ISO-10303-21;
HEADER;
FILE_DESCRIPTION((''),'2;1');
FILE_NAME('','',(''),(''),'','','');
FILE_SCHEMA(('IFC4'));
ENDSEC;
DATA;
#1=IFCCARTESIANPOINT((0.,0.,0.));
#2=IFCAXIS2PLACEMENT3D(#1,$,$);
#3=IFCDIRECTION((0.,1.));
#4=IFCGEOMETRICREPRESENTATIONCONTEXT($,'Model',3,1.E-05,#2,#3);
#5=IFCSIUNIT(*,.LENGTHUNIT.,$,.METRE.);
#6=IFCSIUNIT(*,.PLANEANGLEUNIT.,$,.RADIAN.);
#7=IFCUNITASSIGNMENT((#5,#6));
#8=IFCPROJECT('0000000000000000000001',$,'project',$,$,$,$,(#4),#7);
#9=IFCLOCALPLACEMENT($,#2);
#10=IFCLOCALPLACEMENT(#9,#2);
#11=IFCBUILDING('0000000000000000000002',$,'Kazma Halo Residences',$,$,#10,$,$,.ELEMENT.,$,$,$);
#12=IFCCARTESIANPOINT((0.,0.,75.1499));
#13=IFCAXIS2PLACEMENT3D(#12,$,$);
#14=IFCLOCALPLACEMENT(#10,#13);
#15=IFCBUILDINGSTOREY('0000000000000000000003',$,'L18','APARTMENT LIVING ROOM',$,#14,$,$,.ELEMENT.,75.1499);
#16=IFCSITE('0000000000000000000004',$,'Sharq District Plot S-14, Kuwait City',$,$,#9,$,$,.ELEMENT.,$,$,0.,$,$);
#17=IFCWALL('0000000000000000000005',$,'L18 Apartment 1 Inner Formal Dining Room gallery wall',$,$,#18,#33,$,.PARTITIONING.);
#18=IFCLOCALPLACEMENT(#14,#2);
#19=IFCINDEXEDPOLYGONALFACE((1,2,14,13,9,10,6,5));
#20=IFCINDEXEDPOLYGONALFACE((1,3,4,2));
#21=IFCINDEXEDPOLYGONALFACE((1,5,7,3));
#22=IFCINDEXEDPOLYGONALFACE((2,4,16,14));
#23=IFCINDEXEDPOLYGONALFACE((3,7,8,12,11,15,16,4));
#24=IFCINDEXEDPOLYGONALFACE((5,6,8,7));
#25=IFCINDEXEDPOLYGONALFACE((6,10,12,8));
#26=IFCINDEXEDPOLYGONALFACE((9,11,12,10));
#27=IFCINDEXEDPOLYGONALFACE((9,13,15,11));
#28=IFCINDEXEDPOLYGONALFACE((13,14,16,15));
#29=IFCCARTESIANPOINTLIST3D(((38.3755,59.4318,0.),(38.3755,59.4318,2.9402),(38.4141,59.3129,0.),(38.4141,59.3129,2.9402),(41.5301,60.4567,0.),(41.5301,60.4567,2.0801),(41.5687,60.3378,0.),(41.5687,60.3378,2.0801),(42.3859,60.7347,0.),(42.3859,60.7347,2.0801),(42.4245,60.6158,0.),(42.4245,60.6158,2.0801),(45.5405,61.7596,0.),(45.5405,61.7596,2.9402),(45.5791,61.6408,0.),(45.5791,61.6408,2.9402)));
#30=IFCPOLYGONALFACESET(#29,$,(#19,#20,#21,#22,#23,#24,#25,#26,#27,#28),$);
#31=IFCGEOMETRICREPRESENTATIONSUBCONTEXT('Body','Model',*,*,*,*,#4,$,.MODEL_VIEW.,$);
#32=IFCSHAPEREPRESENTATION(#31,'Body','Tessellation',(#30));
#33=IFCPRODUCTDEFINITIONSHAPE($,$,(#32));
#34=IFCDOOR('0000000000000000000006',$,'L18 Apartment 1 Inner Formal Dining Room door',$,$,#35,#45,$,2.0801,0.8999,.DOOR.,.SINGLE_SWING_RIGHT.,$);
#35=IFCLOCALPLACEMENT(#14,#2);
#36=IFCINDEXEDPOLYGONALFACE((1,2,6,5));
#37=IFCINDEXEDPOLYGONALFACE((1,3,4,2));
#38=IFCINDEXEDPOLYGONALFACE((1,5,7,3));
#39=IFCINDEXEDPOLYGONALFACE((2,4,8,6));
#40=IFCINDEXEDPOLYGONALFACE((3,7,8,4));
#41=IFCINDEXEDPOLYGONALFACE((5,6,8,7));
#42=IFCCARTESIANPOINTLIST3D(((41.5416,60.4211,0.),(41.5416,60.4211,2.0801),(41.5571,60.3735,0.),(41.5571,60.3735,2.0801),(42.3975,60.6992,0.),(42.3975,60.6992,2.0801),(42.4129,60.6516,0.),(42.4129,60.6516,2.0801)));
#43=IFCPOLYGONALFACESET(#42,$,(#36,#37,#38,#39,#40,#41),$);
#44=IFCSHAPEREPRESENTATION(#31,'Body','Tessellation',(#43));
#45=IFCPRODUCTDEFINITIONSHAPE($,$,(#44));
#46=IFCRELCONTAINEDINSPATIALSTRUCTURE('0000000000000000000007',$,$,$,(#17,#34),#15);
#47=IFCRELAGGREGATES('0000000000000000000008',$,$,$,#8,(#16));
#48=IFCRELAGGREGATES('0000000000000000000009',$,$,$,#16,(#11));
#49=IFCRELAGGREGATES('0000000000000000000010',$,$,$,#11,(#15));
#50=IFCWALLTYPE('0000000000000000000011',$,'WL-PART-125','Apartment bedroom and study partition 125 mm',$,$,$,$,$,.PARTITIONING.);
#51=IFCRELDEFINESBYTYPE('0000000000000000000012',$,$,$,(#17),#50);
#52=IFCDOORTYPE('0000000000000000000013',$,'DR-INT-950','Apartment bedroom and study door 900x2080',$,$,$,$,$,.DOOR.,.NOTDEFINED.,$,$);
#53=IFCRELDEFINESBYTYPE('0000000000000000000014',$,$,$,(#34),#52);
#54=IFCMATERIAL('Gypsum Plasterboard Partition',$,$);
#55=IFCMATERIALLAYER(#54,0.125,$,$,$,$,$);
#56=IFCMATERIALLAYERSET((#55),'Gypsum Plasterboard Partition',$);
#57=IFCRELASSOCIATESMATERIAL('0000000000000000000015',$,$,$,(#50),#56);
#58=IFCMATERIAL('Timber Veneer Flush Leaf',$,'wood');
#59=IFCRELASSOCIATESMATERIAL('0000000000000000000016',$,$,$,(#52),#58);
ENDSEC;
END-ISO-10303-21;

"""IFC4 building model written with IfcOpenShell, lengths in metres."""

from ifc_helpers import new_model, si_unit, direction, frame, frame_2d, origin, place, context, subcontext, project, spatial, rectangle, extrude, material, layer, layer_set, type_object, element, fill, save


model = new_model("IFC4")

# Units and contexts
model_context = context("Model", 3, precision=1e-05, world=origin(), true_north=direction((0.0, 1.0)))
body_context = subcontext(model_context, "Body", "Model", "MODEL_VIEW")
ifc_project = project(units=[si_unit("LENGTHUNIT", "METRE"), si_unit("PLANEANGLEUNIT", "RADIAN")], contexts=[model_context])

# Site, building, storey
site_placement = place(None, origin())
site = spatial("IfcSite", under=ifc_project, at=site_placement, Name="Sharq District Plot S-14, Kuwait City", CompositionType="ELEMENT", RefElevation=0.0)
building_placement = place(site_placement, origin())
building = spatial("IfcBuilding", under=site, at=building_placement, Name="Kazma Halo Residences", CompositionType="ELEMENT")
storey_placement = place(building_placement, frame((0.0, 0.0, 75.1499)))
storey = spatial("IfcBuildingStorey", under=building, at=storey_placement, Name="L18", Description="APARTMENT LIVING ROOM", CompositionType="ELEMENT", Elevation=75.1499)

# Shared definitions
ifc_material_1 = material(Name="Gypsum Plasterboard Partition")
ifc_layer_1 = layer(ifc_material_1, 0.125)
ifc_layer_set_1 = layer_set([ifc_layer_1], Name="Gypsum Plasterboard Partition")
wall_type_1 = type_object("IfcWallType", Name="WL-PART-125", Description="Apartment bedroom and study partition 125 mm", PredefinedType="PARTITIONING", material=ifc_layer_set_1)

# Wall, opening, door
wall_1_placement = place(storey_placement, frame((45.5598, 61.7002, 0.0), z_axis=(0.0, 0.0, 1.0), x_axis=(-0.951064, -0.308995, 0.0)))
wall_1 = element("IfcWall", 1, at=wall_1_placement, inside=storey, type_object=wall_type_1, Name="L18 Apartment 1 Inner Formal Dining Room gallery wall", PredefinedType="PARTITIONING", context=body_context, shape_type="SweptSolid", body=[
    extrude(rectangle(XDim=7.5337, YDim=0.125, at=frame_2d((3.7668, 0.0))), origin(), (0.0, 0.0, 1.0), 2.9402),
])
opening_1_placement = place(wall_1_placement, frame((3.3169, 0.0, 0.0)))
opening_1 = element("IfcOpeningElement", 2, at=opening_1_placement, cuts=wall_1, PredefinedType="OPENING", context=body_context, shape_type="SweptSolid", body=[
    extrude(rectangle(XDim=0.8999, YDim=2.0801, at=frame_2d((0.45, 1.04))), frame((0.0, 0.0725, 0.0), z_axis=(0.0, -1.0, 0.0), x_axis=(1.0, 0.0, 0.0)), (0.0, 0.0, 1.0), 0.145),
])
ifc_material_2 = material(Name="Timber Veneer Flush Leaf", Category="wood")
door_type_1 = type_object("IfcDoorType", Name="DR-INT-950", Description="Apartment bedroom and study door 900x2080", OperationType="NOTDEFINED", PredefinedType="DOOR", material=ifc_material_2)
door_1_placement = place(opening_1_placement, origin())
door_1 = element("IfcDoor", 3, at=door_1_placement, inside=storey, type_object=door_type_1, Name="L18 Apartment 1 Inner Formal Dining Room door", OperationType="SINGLE_SWING_RIGHT", OverallHeight=2.0801, OverallWidth=0.8999, PredefinedType="DOOR", context=body_context, shape_type="SweptSolid", body=[
    extrude(rectangle(XDim=0.8999, YDim=2.0801, at=frame_2d((0.45, 1.04))), frame((0.0, 0.0249, 0.0), z_axis=(0.0, -1.0, 0.0), x_axis=(1.0, 0.0, 0.0)), (0.0, 0.0, 1.0), 0.05),
])
fill(opening_1, door_1)

save(model, "model.ifc")
